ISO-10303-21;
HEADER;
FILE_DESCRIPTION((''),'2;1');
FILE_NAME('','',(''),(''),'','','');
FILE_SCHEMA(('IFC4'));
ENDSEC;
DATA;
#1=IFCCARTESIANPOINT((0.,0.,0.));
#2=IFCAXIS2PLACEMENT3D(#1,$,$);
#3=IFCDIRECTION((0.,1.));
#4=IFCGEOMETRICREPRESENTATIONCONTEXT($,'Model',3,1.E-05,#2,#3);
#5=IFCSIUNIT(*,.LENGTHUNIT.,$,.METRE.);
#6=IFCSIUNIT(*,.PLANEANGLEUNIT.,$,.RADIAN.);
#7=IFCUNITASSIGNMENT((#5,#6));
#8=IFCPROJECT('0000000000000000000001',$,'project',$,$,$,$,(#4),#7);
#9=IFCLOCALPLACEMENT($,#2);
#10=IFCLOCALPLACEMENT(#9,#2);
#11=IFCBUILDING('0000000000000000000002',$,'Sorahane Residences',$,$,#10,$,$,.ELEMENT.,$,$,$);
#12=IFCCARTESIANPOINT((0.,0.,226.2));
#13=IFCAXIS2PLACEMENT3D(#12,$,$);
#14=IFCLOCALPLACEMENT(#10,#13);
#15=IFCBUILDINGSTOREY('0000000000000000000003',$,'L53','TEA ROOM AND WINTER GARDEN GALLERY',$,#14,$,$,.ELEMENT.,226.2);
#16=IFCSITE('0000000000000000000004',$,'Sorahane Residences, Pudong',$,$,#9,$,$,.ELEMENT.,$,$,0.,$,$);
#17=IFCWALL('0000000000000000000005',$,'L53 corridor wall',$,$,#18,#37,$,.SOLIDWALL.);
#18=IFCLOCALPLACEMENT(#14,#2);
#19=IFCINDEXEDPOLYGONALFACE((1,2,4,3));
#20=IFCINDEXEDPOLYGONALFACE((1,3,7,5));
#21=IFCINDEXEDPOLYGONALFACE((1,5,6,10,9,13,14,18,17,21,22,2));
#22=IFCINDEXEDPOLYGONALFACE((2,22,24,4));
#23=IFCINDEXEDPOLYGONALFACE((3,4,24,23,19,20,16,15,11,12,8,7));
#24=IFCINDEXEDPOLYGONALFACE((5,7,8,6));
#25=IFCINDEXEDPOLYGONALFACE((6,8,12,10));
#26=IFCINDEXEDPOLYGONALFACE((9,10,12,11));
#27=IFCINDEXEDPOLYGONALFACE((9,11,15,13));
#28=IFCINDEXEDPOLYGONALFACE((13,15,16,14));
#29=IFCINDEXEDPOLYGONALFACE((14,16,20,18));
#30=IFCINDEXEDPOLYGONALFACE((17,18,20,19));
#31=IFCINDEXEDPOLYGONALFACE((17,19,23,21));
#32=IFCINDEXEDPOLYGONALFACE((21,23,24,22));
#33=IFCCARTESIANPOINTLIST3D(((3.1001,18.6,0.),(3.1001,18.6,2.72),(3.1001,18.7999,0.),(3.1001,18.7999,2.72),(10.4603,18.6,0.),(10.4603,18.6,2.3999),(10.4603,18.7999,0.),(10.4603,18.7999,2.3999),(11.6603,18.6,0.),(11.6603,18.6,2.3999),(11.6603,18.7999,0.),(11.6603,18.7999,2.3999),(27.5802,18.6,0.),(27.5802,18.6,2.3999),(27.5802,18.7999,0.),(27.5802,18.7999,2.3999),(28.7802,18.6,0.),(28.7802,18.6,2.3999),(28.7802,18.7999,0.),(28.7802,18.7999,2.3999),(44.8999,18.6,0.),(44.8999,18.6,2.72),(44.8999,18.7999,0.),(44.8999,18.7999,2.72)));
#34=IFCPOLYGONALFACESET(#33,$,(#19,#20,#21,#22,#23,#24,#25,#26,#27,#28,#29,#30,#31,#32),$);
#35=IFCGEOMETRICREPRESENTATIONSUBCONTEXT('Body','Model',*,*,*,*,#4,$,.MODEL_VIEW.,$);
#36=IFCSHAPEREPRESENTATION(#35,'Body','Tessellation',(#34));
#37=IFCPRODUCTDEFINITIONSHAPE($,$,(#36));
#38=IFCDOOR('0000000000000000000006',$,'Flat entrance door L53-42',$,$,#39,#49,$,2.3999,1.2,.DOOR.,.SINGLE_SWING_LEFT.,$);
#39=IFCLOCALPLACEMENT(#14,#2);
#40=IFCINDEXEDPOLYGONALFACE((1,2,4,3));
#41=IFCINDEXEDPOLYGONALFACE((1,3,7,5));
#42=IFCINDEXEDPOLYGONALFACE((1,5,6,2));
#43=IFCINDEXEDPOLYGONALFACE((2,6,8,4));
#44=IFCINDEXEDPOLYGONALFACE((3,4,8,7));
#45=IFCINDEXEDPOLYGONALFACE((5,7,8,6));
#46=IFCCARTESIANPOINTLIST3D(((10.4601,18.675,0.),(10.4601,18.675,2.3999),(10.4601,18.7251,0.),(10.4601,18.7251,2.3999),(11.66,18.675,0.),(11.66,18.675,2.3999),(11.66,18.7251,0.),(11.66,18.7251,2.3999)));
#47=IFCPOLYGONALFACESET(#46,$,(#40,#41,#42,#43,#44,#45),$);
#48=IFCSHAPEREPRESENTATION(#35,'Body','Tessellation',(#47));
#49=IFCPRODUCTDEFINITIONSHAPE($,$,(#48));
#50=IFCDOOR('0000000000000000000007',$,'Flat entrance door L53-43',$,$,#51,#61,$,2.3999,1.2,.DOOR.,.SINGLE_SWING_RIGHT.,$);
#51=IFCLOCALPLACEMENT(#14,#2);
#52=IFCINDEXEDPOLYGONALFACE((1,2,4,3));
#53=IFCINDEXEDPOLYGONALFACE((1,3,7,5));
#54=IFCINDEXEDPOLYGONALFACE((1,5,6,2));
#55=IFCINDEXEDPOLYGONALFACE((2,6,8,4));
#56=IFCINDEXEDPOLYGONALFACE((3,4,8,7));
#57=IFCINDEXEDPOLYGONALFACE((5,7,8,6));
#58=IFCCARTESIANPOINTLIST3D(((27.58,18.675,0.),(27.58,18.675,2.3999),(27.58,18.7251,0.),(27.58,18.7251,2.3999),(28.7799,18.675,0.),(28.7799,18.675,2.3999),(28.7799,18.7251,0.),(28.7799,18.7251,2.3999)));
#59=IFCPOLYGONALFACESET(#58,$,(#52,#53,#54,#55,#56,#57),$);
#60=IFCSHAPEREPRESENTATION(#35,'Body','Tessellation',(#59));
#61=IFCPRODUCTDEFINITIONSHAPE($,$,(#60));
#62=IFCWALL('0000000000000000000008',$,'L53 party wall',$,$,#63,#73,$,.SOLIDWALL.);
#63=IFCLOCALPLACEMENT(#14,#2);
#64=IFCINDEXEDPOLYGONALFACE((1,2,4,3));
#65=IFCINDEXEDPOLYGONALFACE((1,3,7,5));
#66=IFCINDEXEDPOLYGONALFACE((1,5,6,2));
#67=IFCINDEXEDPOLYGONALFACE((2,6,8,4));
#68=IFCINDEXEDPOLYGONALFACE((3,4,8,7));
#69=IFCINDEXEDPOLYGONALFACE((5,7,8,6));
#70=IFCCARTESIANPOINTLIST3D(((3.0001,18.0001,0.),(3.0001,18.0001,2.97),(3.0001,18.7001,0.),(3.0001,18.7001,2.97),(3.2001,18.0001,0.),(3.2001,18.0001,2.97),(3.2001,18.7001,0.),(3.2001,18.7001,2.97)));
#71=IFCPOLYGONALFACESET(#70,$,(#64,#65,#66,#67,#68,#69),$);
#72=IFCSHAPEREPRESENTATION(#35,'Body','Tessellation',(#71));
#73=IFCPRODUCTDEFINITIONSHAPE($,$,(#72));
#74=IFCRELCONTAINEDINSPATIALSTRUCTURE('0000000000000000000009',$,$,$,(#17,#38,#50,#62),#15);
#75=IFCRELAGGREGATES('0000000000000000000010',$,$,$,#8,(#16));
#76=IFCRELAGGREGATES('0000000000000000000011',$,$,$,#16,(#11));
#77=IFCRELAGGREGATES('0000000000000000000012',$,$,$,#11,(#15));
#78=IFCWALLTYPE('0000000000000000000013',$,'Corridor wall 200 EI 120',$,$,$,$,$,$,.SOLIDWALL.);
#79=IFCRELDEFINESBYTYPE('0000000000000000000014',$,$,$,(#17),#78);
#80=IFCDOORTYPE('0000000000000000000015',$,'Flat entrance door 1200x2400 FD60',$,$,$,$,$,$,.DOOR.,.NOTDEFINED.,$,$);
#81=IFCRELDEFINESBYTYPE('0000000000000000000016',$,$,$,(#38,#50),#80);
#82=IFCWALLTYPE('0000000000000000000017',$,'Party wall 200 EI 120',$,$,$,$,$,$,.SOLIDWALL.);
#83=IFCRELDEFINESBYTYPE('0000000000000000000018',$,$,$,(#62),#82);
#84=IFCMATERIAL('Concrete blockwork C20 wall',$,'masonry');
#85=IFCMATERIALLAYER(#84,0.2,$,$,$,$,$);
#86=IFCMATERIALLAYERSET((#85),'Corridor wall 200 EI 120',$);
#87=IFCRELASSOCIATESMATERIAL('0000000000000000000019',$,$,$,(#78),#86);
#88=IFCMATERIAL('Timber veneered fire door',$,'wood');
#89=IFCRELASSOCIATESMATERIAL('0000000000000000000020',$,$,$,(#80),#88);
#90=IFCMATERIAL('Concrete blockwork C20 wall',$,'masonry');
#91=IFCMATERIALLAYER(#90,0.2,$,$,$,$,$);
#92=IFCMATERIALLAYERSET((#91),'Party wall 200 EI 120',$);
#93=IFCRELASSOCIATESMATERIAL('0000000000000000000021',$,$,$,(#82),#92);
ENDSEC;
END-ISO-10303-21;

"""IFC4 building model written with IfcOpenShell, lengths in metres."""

from ifc_helpers import new_model, si_unit, direction, frame, frame_2d, origin, place, context, subcontext, project, spatial, rectangle, extrude, material, layer, layer_set, type_object, element, fill, save


model = new_model("IFC4")

# Units and contexts
model_context = context("Model", 3, precision=1e-05, world=origin(), true_north=direction((0.0, 1.0)))
body_context = subcontext(model_context, "Body", "Model", "MODEL_VIEW")
ifc_project = project(units=[si_unit("LENGTHUNIT", "METRE"), si_unit("PLANEANGLEUNIT", "RADIAN")], contexts=[model_context])

# Site, building, storey
site_placement = place(None, origin())
site = spatial("IfcSite", under=ifc_project, at=site_placement, Name="Sorahane Residences, Pudong", CompositionType="ELEMENT", RefElevation=0.0)
building_placement = place(site_placement, origin())
building = spatial("IfcBuilding", under=site, at=building_placement, Name="Sorahane Residences", CompositionType="ELEMENT")
storey_placement = place(building_placement, frame((0.0, 0.0, 226.2)))
storey = spatial("IfcBuildingStorey", under=building, at=storey_placement, Name="L53", Description="TEA ROOM AND WINTER GARDEN GALLERY", CompositionType="ELEMENT", Elevation=226.2)

# Shared definitions
ifc_material_1 = material(Name="Concrete blockwork C20 wall", Category="masonry")
ifc_layer_1 = layer(ifc_material_1, 0.2)
ifc_layer_set_1 = layer_set([ifc_layer_1], Name="Corridor wall 200 EI 120")
wall_type_1 = type_object("IfcWallType", Name="Corridor wall 200 EI 120", PredefinedType="SOLIDWALL", material=ifc_layer_set_1)
ifc_material_2 = material(Name="Timber veneered fire door", Category="wood")
door_type_1 = type_object("IfcDoorType", Name="Flat entrance door 1200x2400 FD60", OperationType="NOTDEFINED", PredefinedType="DOOR", material=ifc_material_2)

# Wall, openings, doors
wall_1_placement = place(storey_placement, frame((3.1001, 18.7, 0.0), z_axis=(0.0, 0.0, 1.0), x_axis=(1.0, 0.0, 0.0)))
wall_1 = element("IfcWall", 1, at=wall_1_placement, inside=storey, type_object=wall_type_1, Name="L53 corridor wall", PredefinedType="SOLIDWALL", context=body_context, shape_type="SweptSolid", body=[
    extrude(rectangle(XDim=41.7998, YDim=0.2, at=frame_2d((20.8999, 0.0))), origin(), (0.0, 0.0, 1.0), 2.72),
])
opening_1_placement = place(wall_1_placement, frame((7.3601, 0.0, 0.0)))
opening_1 = element("IfcOpeningElement", 2, at=opening_1_placement, cuts=wall_1, PredefinedType="OPENING", context=body_context, shape_type="SweptSolid", body=[
    extrude(rectangle(XDim=1.2, YDim=2.3999, at=frame_2d((0.6001, 1.2))), frame((0.0, 0.1099, 0.0), z_axis=(0.0, -1.0, 0.0), x_axis=(1.0, 0.0, 0.0)), (0.0, 0.0, 1.0), 0.22),
])
opening_2_placement = place(wall_1_placement, frame((24.48, 0.0, 0.0)))
opening_2 = element("IfcOpeningElement", 3, at=opening_2_placement, cuts=wall_1, PredefinedType="OPENING", context=body_context, shape_type="SweptSolid", body=[
    extrude(rectangle(XDim=1.2, YDim=2.3999, at=frame_2d((0.6001, 1.2))), frame((0.0, 0.1099, 0.0), z_axis=(0.0, -1.0, 0.0), x_axis=(1.0, 0.0, 0.0)), (0.0, 0.0, 1.0), 0.22),
])
door_1_placement = place(opening_1_placement, frame((1.2, 0.0, 0.0), z_axis=(0.0, 0.0, 1.0), x_axis=(-1.0, 0.0, 0.0)))
door_1 = element("IfcDoor", 4, at=door_1_placement, inside=storey, type_object=door_type_1, Name="Flat entrance door L53-42", OperationType="SINGLE_SWING_LEFT", OverallHeight=2.3999, OverallWidth=1.2, PredefinedType="DOOR", context=body_context, shape_type="SweptSolid", body=[
    extrude(rectangle(XDim=1.2, YDim=2.3999, at=frame_2d((0.6001, 1.2))), frame((0.0, 0.0249, 0.0), z_axis=(0.0, -1.0, 0.0), x_axis=(1.0, 0.0, 0.0)), (0.0, 0.0, 1.0), 0.05),
])
fill(opening_1, door_1)
door_2_placement = place(opening_2_placement, frame((1.2, 0.0, 0.0), z_axis=(0.0, 0.0, 1.0), x_axis=(-1.0, 0.0, 0.0)))
door_2 = element("IfcDoor", 5, at=door_2_placement, inside=storey, type_object=door_type_1, Name="Flat entrance door L53-43", OperationType="SINGLE_SWING_RIGHT", OverallHeight=2.3999, OverallWidth=1.2, PredefinedType="DOOR", context=body_context, shape_type="SweptSolid", body=[
    extrude(rectangle(XDim=1.2, YDim=2.3999, at=frame_2d((0.6001, 1.2))), frame((0.0, 0.0249, 0.0), z_axis=(0.0, -1.0, 0.0), x_axis=(1.0, 0.0, 0.0)), (0.0, 0.0, 1.0), 0.05),
])
fill(opening_2, door_2)

# Wall
ifc_material_3 = material(Name="Concrete blockwork C20 wall", Category="masonry")
ifc_layer_2 = layer(ifc_material_3, 0.2)
ifc_layer_set_2 = layer_set([ifc_layer_2], Name="Party wall 200 EI 120")
wall_type_2 = type_object("IfcWallType", Name="Party wall 200 EI 120", PredefinedType="SOLIDWALL", material=ifc_layer_set_2)
wall_2_placement = place(storey_placement, frame((3.1001, 18.0, 0.0), z_axis=(0.0, 0.0, 1.0), x_axis=(0.0, 1.0, 0.0)))
element("IfcWall", 6, at=wall_2_placement, inside=storey, type_object=wall_type_2, Name="L53 party wall", PredefinedType="SOLIDWALL", context=body_context, shape_type="SweptSolid", body=[
    extrude(rectangle(XDim=0.7, YDim=0.2, at=frame_2d((0.3501, 0.0))), origin(), (0.0, 0.0, 1.0), 2.97),
])

save(model, "model.ifc")
